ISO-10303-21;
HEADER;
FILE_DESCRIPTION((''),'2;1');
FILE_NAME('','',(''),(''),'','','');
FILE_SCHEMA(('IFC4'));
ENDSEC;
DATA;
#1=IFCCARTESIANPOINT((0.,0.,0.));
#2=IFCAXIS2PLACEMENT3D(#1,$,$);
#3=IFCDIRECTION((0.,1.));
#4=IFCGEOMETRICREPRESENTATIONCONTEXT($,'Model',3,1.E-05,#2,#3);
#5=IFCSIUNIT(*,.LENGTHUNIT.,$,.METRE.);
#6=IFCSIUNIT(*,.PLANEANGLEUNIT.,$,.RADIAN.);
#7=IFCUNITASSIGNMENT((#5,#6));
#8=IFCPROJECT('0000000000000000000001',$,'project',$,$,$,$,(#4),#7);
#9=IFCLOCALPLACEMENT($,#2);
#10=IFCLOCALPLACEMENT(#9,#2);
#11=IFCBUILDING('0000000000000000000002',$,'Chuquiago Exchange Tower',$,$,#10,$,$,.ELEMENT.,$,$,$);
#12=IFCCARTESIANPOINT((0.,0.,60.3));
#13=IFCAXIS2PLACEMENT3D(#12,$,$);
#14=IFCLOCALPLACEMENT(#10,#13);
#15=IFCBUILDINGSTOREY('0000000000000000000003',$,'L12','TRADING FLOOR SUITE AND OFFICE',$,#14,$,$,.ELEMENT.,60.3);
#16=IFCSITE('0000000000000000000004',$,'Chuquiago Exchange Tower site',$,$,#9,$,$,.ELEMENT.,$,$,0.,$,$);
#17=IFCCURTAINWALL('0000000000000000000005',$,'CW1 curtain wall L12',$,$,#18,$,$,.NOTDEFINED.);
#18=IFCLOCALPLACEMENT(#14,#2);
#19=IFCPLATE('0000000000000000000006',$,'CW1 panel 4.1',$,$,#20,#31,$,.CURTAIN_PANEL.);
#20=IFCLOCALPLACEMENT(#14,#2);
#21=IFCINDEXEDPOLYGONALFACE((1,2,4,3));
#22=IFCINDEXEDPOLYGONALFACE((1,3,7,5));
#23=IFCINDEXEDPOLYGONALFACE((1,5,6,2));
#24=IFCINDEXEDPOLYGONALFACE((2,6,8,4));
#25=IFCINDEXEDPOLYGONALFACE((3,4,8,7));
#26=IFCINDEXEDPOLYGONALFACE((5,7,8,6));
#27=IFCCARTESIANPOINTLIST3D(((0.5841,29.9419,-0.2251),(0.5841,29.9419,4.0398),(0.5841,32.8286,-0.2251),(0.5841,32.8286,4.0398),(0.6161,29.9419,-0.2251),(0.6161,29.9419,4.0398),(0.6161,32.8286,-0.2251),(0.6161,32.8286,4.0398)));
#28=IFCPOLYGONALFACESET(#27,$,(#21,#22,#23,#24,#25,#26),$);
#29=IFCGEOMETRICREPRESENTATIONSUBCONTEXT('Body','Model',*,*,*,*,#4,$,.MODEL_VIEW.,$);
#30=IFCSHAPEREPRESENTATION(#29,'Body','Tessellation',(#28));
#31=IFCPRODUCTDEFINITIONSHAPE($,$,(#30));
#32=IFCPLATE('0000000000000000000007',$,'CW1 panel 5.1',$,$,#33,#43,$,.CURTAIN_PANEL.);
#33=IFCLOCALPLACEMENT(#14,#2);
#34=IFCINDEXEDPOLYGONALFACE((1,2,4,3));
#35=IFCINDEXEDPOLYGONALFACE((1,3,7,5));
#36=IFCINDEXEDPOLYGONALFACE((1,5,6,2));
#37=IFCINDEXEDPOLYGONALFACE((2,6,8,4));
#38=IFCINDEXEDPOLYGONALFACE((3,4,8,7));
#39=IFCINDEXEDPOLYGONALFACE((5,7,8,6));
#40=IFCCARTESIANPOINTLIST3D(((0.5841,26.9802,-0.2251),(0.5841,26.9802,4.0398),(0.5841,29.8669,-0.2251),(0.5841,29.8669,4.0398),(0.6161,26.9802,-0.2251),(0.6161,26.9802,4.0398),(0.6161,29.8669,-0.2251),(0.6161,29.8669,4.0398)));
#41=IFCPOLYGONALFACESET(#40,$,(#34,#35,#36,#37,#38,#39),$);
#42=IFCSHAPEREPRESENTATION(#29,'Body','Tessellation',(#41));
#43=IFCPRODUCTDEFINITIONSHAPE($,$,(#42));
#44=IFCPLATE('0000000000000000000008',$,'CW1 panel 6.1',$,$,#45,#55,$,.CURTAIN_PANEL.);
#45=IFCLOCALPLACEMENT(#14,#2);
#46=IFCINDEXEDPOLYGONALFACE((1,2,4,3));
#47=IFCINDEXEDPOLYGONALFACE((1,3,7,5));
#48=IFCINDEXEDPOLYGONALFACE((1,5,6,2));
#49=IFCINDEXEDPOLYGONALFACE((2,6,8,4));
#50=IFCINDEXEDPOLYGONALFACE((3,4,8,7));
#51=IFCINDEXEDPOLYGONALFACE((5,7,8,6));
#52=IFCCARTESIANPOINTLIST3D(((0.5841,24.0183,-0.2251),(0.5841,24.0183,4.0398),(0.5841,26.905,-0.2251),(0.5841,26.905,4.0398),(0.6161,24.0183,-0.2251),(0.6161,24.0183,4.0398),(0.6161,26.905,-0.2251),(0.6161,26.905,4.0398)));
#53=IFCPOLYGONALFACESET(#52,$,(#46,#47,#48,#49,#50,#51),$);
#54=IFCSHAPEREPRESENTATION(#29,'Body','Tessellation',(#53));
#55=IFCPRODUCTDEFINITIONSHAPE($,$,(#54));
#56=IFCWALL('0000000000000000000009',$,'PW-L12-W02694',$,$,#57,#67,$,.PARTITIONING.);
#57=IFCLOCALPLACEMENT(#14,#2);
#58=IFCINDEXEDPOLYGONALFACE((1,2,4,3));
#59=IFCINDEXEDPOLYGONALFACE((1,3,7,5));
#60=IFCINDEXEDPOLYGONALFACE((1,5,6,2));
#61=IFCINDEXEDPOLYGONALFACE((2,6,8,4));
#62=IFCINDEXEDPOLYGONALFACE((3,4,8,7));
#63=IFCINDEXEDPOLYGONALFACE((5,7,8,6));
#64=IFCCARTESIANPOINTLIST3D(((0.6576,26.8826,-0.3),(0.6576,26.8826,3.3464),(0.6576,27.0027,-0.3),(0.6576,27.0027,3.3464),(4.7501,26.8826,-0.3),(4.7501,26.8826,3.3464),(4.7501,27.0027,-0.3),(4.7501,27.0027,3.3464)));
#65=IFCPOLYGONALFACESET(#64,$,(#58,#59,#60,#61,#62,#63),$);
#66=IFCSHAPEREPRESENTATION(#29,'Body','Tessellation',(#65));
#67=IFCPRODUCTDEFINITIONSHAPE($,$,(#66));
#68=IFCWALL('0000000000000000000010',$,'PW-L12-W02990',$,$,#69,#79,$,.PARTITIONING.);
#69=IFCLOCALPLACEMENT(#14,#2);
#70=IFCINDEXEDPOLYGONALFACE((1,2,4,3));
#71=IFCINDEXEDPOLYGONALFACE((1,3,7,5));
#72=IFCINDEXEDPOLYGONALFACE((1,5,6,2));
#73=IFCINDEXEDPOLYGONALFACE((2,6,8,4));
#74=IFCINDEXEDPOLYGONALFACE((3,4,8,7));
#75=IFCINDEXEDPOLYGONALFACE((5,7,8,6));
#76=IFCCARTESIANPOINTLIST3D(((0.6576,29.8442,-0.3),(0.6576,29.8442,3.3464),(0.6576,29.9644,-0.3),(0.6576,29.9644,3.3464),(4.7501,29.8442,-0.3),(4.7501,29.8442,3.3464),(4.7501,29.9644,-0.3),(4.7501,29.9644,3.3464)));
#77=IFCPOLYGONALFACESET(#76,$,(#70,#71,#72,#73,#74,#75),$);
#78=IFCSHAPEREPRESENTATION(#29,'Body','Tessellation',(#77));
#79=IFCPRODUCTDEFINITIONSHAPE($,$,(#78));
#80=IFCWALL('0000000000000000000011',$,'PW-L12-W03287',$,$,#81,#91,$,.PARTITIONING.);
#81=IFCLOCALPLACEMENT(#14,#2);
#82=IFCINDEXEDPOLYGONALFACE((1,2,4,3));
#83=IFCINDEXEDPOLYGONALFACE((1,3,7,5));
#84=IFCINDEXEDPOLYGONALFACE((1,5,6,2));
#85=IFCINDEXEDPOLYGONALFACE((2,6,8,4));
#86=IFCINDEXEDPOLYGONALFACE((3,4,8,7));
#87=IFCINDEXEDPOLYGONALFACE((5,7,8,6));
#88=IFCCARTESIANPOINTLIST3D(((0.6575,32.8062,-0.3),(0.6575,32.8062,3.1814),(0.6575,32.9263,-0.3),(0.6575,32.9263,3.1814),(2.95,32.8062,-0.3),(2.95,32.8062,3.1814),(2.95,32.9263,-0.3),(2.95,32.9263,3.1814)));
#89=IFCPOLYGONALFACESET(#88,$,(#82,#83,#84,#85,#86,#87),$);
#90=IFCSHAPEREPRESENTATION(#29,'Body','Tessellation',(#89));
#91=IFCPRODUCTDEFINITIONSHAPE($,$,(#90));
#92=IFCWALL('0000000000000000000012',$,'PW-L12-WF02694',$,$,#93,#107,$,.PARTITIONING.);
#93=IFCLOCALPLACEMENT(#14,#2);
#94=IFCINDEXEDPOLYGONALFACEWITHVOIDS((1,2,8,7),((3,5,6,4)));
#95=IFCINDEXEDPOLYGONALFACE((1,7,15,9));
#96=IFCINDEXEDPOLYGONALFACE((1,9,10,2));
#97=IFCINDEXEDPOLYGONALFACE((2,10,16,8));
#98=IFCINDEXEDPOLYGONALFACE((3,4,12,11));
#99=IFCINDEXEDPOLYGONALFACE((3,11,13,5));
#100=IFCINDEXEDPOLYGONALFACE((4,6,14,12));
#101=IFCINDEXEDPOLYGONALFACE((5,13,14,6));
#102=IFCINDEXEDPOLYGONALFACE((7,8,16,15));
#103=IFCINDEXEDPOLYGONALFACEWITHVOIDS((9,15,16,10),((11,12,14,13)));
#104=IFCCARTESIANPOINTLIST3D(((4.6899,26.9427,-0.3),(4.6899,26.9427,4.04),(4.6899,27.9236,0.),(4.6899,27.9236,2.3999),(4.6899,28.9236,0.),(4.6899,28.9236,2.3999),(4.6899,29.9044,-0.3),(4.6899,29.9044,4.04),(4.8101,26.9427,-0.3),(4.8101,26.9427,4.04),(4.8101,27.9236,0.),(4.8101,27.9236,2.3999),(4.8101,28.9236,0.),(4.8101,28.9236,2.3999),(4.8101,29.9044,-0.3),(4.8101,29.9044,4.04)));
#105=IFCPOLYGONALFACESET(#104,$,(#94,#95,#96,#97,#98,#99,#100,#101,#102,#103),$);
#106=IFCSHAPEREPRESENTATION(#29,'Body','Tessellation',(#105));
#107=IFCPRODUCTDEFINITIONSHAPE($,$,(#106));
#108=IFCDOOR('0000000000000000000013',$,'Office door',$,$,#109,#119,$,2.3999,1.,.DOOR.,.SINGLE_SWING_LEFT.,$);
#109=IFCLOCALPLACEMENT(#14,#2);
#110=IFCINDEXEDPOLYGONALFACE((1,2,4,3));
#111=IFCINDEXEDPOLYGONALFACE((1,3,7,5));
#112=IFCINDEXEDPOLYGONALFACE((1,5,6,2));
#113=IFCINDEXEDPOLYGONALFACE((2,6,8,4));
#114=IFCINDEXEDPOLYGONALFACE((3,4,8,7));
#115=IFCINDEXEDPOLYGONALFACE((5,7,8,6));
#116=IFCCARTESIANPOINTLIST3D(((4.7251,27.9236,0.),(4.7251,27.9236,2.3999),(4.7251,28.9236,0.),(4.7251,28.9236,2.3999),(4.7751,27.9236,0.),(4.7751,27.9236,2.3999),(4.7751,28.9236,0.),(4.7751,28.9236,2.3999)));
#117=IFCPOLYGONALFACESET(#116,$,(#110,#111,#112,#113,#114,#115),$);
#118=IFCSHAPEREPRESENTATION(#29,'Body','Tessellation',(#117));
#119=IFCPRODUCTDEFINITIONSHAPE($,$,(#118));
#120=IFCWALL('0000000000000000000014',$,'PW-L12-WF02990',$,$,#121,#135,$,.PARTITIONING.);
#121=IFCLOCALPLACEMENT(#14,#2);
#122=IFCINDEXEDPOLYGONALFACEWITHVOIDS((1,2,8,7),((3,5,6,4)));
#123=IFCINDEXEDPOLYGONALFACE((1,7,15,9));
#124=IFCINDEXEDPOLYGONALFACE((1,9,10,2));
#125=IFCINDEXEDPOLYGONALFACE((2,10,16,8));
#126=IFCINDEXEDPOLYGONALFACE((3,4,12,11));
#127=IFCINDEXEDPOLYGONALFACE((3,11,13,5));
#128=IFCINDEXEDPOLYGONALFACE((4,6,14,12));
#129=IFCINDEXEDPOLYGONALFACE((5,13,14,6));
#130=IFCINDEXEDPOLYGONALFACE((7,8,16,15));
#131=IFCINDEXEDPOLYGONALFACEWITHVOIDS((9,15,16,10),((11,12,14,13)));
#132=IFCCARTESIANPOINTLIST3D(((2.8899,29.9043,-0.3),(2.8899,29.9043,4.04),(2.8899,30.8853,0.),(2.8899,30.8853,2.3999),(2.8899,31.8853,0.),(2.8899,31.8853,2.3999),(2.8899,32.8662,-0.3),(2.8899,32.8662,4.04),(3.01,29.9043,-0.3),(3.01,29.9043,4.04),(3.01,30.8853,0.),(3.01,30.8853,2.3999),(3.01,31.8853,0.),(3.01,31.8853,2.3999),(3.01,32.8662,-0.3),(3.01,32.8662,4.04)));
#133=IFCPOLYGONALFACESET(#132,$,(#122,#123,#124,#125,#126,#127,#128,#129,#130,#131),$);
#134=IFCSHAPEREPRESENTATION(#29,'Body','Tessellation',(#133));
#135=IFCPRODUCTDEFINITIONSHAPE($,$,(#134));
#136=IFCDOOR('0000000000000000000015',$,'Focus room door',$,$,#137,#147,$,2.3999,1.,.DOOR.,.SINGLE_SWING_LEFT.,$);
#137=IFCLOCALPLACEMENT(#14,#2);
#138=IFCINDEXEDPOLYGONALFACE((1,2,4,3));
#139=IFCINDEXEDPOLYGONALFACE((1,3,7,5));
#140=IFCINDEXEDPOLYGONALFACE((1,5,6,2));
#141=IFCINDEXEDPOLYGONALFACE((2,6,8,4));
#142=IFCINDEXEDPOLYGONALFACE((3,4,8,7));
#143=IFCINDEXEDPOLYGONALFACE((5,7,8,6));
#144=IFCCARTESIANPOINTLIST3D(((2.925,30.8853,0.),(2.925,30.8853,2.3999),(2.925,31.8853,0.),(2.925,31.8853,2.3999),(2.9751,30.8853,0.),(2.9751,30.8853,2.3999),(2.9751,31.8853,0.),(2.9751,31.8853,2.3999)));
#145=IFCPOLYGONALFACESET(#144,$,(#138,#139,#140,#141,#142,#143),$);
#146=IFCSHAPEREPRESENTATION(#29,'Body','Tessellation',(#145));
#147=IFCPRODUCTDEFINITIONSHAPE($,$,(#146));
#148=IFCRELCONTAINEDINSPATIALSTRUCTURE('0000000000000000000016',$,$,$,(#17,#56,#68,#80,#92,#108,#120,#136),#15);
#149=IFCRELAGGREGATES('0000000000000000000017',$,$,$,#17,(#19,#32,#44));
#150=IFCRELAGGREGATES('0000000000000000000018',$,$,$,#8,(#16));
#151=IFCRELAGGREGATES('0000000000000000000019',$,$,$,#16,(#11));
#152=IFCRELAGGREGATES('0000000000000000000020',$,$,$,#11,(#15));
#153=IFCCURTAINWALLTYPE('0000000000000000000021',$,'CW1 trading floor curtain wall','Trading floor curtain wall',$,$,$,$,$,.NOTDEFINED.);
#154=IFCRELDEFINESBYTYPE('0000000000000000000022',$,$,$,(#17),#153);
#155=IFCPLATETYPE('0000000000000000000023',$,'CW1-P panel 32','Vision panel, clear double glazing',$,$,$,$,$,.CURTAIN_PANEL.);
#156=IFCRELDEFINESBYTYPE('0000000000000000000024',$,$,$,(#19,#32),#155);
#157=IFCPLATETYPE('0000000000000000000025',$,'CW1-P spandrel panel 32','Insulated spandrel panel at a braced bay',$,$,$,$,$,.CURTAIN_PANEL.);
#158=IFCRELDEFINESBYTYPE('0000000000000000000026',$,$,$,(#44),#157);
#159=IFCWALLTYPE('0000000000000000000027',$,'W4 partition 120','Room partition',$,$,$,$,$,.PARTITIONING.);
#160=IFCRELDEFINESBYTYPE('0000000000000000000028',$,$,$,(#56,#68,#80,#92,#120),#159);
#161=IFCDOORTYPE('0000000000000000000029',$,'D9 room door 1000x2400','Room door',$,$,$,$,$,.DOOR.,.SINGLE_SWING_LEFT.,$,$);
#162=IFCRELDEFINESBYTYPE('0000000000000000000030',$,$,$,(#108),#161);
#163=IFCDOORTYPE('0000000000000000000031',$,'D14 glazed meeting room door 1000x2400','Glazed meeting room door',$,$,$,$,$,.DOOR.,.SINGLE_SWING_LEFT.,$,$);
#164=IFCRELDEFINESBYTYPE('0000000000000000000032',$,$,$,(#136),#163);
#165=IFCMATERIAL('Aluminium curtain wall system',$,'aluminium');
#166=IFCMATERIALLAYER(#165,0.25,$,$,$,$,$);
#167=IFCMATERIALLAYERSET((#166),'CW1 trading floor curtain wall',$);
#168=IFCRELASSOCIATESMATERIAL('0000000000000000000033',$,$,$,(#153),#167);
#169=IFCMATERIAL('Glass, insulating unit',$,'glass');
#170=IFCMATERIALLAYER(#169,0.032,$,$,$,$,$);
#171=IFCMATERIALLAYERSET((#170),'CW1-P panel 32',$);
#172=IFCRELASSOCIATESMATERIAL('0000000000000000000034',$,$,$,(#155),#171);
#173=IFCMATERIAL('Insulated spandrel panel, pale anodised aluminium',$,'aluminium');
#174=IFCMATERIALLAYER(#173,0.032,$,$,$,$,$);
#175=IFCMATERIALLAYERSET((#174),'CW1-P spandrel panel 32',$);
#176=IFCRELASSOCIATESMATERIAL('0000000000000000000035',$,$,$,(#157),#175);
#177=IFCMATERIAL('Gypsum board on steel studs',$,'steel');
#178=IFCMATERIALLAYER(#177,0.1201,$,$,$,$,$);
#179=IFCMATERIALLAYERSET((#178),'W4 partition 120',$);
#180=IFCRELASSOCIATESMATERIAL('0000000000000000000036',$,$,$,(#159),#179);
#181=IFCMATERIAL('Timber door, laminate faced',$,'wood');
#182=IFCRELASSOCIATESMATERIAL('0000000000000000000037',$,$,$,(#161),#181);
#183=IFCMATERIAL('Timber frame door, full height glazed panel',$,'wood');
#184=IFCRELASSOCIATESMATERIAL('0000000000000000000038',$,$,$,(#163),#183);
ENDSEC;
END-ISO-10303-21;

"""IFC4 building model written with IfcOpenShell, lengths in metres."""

from ifc_helpers import new_model, si_unit, direction, frame, frame_2d, origin, origin_2d, place, context, subcontext, project, spatial, rectangle, extrude, material, layer, layer_set, type_object, element, fill, aggregate, save


model = new_model("IFC4")

# Units and contexts
model_context = context("Model", 3, precision=1e-05, world=origin(), true_north=direction((0.0, 1.0)))
body_context = subcontext(model_context, "Body", "Model", "MODEL_VIEW")
ifc_project = project(units=[si_unit("LENGTHUNIT", "METRE"), si_unit("PLANEANGLEUNIT", "RADIAN")], contexts=[model_context])

# Site, building, storey
site_placement = place(None, origin())
site = spatial("IfcSite", under=ifc_project, at=site_placement, Name="Chuquiago Exchange Tower site", CompositionType="ELEMENT", RefElevation=0.0)
building_placement = place(site_placement, origin())
building = spatial("IfcBuilding", under=site, at=building_placement, Name="Chuquiago Exchange Tower", CompositionType="ELEMENT")
storey_placement = place(building_placement, frame((0.0, 0.0, 60.3)))
storey = spatial("IfcBuildingStorey", under=building, at=storey_placement, Name="L12", Description="TRADING FLOOR SUITE AND OFFICE", CompositionType="ELEMENT", Elevation=60.3)

# Curtain wall
ifc_material_1 = material(Name="Aluminium curtain wall system", Category="aluminium")
ifc_layer_1 = layer(ifc_material_1, 0.25)
ifc_layer_set_1 = layer_set([ifc_layer_1], Name="CW1 trading floor curtain wall")
curtain_wall_type = type_object("IfcCurtainWallType", Name="CW1 trading floor curtain wall", Description="Trading floor curtain wall", PredefinedType="NOTDEFINED", material=ifc_layer_set_1)
curtain_wall_placement = place(storey_placement, origin())
curtain_wall = element("IfcCurtainWall", 1, at=curtain_wall_placement, inside=storey, type_object=curtain_wall_type, Name="CW1 curtain wall L12", PredefinedType="NOTDEFINED")

# Plates
ifc_material_2 = material(Name="Glass, insulating unit", Category="glass")
ifc_layer_2 = layer(ifc_material_2, 0.032)
ifc_layer_set_2 = layer_set([ifc_layer_2], Name="CW1-P panel 32")
plate_type_1 = type_object("IfcPlateType", Name="CW1-P panel 32", Description="Vision panel, clear double glazing", PredefinedType="CURTAIN_PANEL", material=ifc_layer_set_2)
plate_1_placement = place(storey_placement, frame((0.6001, 31.3853, -0.2251), z_axis=(0.0, 0.0, 1.0), x_axis=(0.0, -1.0, 0.0)))
plate_1 = element("IfcPlate", 2, at=plate_1_placement, type_object=plate_type_1, Name="CW1 panel 4.1", PredefinedType="CURTAIN_PANEL", context=body_context, shape_type="SweptSolid", body=[
    extrude(rectangle(XDim=2.8867, YDim=0.032, at=origin_2d()), origin(), (0.0, 0.0, 1.0), 4.2649),
])
plate_2_placement = place(storey_placement, frame((0.6001, 28.4236, -0.2251), z_axis=(0.0, 0.0, 1.0), x_axis=(0.0, -1.0, 0.0)))
plate_2 = element("IfcPlate", 3, at=plate_2_placement, type_object=plate_type_1, Name="CW1 panel 5.1", PredefinedType="CURTAIN_PANEL", context=body_context, shape_type="SweptSolid", body=[
    extrude(rectangle(XDim=2.8867, YDim=0.032, at=origin_2d()), origin(), (0.0, 0.0, 1.0), 4.2649),
])
ifc_material_3 = material(Name="Insulated spandrel panel, pale anodised aluminium", Category="aluminium")
ifc_layer_3 = layer(ifc_material_3, 0.032)
ifc_layer_set_3 = layer_set([ifc_layer_3], Name="CW1-P spandrel panel 32")
plate_type_2 = type_object("IfcPlateType", Name="CW1-P spandrel panel 32", Description="Insulated spandrel panel at a braced bay", PredefinedType="CURTAIN_PANEL", material=ifc_layer_set_3)
plate_3_placement = place(storey_placement, frame((0.6001, 25.4617, -0.2251), z_axis=(0.0, 0.0, 1.0), x_axis=(0.0, -1.0, 0.0)))
plate_3 = element("IfcPlate", 4, at=plate_3_placement, type_object=plate_type_2, Name="CW1 panel 6.1", PredefinedType="CURTAIN_PANEL", context=body_context, shape_type="SweptSolid", body=[
    extrude(rectangle(XDim=2.8867, YDim=0.032, at=origin_2d()), origin(), (0.0, 0.0, 1.0), 4.2649),
])
aggregate(curtain_wall, [plate_1, plate_2, plate_3])

# Walls
ifc_material_4 = material(Name="Gypsum board on steel studs", Category="steel")
ifc_layer_4 = layer(ifc_material_4, 0.1201)
ifc_layer_set_4 = layer_set([ifc_layer_4], Name="W4 partition 120")
wall_type = type_object("IfcWallType", Name="W4 partition 120", Description="Room partition", PredefinedType="PARTITIONING", material=ifc_layer_set_4)
for number, where, z_axis, x_axis, name in (
    (5, (0.6575, 26.9426, -0.3), (0.0, 0.0, 1.0), (1.0, 0.0, 0.0), "PW-L12-W02694"),
    (6, (0.6575, 29.9043, -0.3), (0.0, 0.0, 1.0), (1.0, 0.0, 0.0), "PW-L12-W02990"),
):
    element("IfcWall", number, at=place(storey_placement, frame(where, z_axis=z_axis, x_axis=x_axis)), inside=storey, type_object=wall_type, Name=name, PredefinedType="PARTITIONING", context=body_context, shape_type="SweptSolid", body=[
        extrude(rectangle(XDim=4.0925, YDim=0.1201, at=frame_2d((2.0464, 0.0))), origin(), (0.0, 0.0, 1.0), 3.6465),
    ])
wall_1_placement = place(storey_placement, frame((0.6575, 32.8662, -0.3), z_axis=(0.0, 0.0, 1.0), x_axis=(1.0, 0.0, 0.0)))
element("IfcWall", 7, at=wall_1_placement, inside=storey, type_object=wall_type, Name="PW-L12-W03287", PredefinedType="PARTITIONING", context=body_context, shape_type="SweptSolid", body=[
    extrude(rectangle(XDim=2.2925, YDim=0.1201, at=frame_2d((1.1462, 0.0))), origin(), (0.0, 0.0, 1.0), 3.4814),
])

# Walls, openings, doors
wall_2_placement = place(storey_placement, frame((4.75, 26.9426, -0.3), z_axis=(0.0, 0.0, 1.0), x_axis=(0.0, 1.0, 0.0)))
wall_2 = element("IfcWall", 8, at=wall_2_placement, inside=storey, type_object=wall_type, Name="PW-L12-WF02694", PredefinedType="PARTITIONING", context=body_context, shape_type="SweptSolid", body=[
    extrude(rectangle(XDim=2.9617, YDim=0.1201, at=frame_2d((1.481, 0.0))), origin(), (0.0, 0.0, 1.0), 4.3401),
])
opening_1_placement = place(wall_2_placement, frame((0.981, 0.0, 0.3)))
opening_1 = element("IfcOpeningElement", 9, at=opening_1_placement, cuts=wall_2, PredefinedType="OPENING", context=body_context, shape_type="SweptSolid", body=[
    extrude(rectangle(XDim=1.0, YDim=2.3999, at=frame_2d((0.5, 1.2))), frame((0.0, 0.0701, 0.0), z_axis=(0.0, -1.0, 0.0), x_axis=(1.0, 0.0, 0.0)), (0.0, 0.0, 1.0), 0.1401),
])
ifc_material_5 = material(Name="Timber door, laminate faced", Category="wood")
door_type_1 = type_object("IfcDoorType", Name="D9 room door 1000x2400", Description="Room door", OperationType="SINGLE_SWING_LEFT", PredefinedType="DOOR", material=ifc_material_5)
door_1_placement = place(opening_1_placement, origin())
door_1 = element("IfcDoor", 10, at=door_1_placement, inside=storey, type_object=door_type_1, Name="Office door", OperationType="SINGLE_SWING_LEFT", OverallHeight=2.3999, OverallWidth=1.0, PredefinedType="DOOR", context=body_context, shape_type="SweptSolid", body=[
    extrude(rectangle(XDim=1.0, YDim=2.3999, at=frame_2d((0.5, 1.2))), frame((0.0, 0.0249, 0.0), z_axis=(0.0, -1.0, 0.0), x_axis=(1.0, 0.0, 0.0)), (0.0, 0.0, 1.0), 0.05),
])
fill(opening_1, door_1)
wall_3_placement = place(storey_placement, frame((2.95, 29.9043, -0.3), z_axis=(0.0, 0.0, 1.0), x_axis=(0.0, 1.0, 0.0)))
wall_3 = element("IfcWall", 11, at=wall_3_placement, inside=storey, type_object=wall_type, Name="PW-L12-WF02990", PredefinedType="PARTITIONING", context=body_context, shape_type="SweptSolid", body=[
    extrude(rectangle(XDim=2.9619, YDim=0.1201, at=frame_2d((1.481, 0.0))), origin(), (0.0, 0.0, 1.0), 4.3401),
])
opening_2_placement = place(wall_3_placement, frame((0.981, 0.0, 0.3)))
opening_2 = element("IfcOpeningElement", 12, at=opening_2_placement, cuts=wall_3, PredefinedType="OPENING", context=body_context, shape_type="SweptSolid", body=[
    extrude(rectangle(XDim=1.0, YDim=2.3999, at=frame_2d((0.5, 1.2))), frame((0.0, 0.0701, 0.0), z_axis=(0.0, -1.0, 0.0), x_axis=(1.0, 0.0, 0.0)), (0.0, 0.0, 1.0), 0.1401),
])
ifc_material_6 = material(Name="Timber frame door, full height glazed panel", Category="wood")
door_type_2 = type_object("IfcDoorType", Name="D14 glazed meeting room door 1000x2400", Description="Glazed meeting room door", OperationType="SINGLE_SWING_LEFT", PredefinedType="DOOR", material=ifc_material_6)
door_2_placement = place(opening_2_placement, origin())
door_2 = element("IfcDoor", 13, at=door_2_placement, inside=storey, type_object=door_type_2, Name="Focus room door", OperationType="SINGLE_SWING_LEFT", OverallHeight=2.3999, OverallWidth=1.0, PredefinedType="DOOR", context=body_context, shape_type="SweptSolid", body=[
    extrude(rectangle(XDim=1.0, YDim=2.3999, at=frame_2d((0.5, 1.2))), frame((0.0, 0.0249, 0.0), z_axis=(0.0, -1.0, 0.0), x_axis=(1.0, 0.0, 0.0)), (0.0, 0.0, 1.0), 0.05),
])
fill(opening_2, door_2)

save(model, "model.ifc")
